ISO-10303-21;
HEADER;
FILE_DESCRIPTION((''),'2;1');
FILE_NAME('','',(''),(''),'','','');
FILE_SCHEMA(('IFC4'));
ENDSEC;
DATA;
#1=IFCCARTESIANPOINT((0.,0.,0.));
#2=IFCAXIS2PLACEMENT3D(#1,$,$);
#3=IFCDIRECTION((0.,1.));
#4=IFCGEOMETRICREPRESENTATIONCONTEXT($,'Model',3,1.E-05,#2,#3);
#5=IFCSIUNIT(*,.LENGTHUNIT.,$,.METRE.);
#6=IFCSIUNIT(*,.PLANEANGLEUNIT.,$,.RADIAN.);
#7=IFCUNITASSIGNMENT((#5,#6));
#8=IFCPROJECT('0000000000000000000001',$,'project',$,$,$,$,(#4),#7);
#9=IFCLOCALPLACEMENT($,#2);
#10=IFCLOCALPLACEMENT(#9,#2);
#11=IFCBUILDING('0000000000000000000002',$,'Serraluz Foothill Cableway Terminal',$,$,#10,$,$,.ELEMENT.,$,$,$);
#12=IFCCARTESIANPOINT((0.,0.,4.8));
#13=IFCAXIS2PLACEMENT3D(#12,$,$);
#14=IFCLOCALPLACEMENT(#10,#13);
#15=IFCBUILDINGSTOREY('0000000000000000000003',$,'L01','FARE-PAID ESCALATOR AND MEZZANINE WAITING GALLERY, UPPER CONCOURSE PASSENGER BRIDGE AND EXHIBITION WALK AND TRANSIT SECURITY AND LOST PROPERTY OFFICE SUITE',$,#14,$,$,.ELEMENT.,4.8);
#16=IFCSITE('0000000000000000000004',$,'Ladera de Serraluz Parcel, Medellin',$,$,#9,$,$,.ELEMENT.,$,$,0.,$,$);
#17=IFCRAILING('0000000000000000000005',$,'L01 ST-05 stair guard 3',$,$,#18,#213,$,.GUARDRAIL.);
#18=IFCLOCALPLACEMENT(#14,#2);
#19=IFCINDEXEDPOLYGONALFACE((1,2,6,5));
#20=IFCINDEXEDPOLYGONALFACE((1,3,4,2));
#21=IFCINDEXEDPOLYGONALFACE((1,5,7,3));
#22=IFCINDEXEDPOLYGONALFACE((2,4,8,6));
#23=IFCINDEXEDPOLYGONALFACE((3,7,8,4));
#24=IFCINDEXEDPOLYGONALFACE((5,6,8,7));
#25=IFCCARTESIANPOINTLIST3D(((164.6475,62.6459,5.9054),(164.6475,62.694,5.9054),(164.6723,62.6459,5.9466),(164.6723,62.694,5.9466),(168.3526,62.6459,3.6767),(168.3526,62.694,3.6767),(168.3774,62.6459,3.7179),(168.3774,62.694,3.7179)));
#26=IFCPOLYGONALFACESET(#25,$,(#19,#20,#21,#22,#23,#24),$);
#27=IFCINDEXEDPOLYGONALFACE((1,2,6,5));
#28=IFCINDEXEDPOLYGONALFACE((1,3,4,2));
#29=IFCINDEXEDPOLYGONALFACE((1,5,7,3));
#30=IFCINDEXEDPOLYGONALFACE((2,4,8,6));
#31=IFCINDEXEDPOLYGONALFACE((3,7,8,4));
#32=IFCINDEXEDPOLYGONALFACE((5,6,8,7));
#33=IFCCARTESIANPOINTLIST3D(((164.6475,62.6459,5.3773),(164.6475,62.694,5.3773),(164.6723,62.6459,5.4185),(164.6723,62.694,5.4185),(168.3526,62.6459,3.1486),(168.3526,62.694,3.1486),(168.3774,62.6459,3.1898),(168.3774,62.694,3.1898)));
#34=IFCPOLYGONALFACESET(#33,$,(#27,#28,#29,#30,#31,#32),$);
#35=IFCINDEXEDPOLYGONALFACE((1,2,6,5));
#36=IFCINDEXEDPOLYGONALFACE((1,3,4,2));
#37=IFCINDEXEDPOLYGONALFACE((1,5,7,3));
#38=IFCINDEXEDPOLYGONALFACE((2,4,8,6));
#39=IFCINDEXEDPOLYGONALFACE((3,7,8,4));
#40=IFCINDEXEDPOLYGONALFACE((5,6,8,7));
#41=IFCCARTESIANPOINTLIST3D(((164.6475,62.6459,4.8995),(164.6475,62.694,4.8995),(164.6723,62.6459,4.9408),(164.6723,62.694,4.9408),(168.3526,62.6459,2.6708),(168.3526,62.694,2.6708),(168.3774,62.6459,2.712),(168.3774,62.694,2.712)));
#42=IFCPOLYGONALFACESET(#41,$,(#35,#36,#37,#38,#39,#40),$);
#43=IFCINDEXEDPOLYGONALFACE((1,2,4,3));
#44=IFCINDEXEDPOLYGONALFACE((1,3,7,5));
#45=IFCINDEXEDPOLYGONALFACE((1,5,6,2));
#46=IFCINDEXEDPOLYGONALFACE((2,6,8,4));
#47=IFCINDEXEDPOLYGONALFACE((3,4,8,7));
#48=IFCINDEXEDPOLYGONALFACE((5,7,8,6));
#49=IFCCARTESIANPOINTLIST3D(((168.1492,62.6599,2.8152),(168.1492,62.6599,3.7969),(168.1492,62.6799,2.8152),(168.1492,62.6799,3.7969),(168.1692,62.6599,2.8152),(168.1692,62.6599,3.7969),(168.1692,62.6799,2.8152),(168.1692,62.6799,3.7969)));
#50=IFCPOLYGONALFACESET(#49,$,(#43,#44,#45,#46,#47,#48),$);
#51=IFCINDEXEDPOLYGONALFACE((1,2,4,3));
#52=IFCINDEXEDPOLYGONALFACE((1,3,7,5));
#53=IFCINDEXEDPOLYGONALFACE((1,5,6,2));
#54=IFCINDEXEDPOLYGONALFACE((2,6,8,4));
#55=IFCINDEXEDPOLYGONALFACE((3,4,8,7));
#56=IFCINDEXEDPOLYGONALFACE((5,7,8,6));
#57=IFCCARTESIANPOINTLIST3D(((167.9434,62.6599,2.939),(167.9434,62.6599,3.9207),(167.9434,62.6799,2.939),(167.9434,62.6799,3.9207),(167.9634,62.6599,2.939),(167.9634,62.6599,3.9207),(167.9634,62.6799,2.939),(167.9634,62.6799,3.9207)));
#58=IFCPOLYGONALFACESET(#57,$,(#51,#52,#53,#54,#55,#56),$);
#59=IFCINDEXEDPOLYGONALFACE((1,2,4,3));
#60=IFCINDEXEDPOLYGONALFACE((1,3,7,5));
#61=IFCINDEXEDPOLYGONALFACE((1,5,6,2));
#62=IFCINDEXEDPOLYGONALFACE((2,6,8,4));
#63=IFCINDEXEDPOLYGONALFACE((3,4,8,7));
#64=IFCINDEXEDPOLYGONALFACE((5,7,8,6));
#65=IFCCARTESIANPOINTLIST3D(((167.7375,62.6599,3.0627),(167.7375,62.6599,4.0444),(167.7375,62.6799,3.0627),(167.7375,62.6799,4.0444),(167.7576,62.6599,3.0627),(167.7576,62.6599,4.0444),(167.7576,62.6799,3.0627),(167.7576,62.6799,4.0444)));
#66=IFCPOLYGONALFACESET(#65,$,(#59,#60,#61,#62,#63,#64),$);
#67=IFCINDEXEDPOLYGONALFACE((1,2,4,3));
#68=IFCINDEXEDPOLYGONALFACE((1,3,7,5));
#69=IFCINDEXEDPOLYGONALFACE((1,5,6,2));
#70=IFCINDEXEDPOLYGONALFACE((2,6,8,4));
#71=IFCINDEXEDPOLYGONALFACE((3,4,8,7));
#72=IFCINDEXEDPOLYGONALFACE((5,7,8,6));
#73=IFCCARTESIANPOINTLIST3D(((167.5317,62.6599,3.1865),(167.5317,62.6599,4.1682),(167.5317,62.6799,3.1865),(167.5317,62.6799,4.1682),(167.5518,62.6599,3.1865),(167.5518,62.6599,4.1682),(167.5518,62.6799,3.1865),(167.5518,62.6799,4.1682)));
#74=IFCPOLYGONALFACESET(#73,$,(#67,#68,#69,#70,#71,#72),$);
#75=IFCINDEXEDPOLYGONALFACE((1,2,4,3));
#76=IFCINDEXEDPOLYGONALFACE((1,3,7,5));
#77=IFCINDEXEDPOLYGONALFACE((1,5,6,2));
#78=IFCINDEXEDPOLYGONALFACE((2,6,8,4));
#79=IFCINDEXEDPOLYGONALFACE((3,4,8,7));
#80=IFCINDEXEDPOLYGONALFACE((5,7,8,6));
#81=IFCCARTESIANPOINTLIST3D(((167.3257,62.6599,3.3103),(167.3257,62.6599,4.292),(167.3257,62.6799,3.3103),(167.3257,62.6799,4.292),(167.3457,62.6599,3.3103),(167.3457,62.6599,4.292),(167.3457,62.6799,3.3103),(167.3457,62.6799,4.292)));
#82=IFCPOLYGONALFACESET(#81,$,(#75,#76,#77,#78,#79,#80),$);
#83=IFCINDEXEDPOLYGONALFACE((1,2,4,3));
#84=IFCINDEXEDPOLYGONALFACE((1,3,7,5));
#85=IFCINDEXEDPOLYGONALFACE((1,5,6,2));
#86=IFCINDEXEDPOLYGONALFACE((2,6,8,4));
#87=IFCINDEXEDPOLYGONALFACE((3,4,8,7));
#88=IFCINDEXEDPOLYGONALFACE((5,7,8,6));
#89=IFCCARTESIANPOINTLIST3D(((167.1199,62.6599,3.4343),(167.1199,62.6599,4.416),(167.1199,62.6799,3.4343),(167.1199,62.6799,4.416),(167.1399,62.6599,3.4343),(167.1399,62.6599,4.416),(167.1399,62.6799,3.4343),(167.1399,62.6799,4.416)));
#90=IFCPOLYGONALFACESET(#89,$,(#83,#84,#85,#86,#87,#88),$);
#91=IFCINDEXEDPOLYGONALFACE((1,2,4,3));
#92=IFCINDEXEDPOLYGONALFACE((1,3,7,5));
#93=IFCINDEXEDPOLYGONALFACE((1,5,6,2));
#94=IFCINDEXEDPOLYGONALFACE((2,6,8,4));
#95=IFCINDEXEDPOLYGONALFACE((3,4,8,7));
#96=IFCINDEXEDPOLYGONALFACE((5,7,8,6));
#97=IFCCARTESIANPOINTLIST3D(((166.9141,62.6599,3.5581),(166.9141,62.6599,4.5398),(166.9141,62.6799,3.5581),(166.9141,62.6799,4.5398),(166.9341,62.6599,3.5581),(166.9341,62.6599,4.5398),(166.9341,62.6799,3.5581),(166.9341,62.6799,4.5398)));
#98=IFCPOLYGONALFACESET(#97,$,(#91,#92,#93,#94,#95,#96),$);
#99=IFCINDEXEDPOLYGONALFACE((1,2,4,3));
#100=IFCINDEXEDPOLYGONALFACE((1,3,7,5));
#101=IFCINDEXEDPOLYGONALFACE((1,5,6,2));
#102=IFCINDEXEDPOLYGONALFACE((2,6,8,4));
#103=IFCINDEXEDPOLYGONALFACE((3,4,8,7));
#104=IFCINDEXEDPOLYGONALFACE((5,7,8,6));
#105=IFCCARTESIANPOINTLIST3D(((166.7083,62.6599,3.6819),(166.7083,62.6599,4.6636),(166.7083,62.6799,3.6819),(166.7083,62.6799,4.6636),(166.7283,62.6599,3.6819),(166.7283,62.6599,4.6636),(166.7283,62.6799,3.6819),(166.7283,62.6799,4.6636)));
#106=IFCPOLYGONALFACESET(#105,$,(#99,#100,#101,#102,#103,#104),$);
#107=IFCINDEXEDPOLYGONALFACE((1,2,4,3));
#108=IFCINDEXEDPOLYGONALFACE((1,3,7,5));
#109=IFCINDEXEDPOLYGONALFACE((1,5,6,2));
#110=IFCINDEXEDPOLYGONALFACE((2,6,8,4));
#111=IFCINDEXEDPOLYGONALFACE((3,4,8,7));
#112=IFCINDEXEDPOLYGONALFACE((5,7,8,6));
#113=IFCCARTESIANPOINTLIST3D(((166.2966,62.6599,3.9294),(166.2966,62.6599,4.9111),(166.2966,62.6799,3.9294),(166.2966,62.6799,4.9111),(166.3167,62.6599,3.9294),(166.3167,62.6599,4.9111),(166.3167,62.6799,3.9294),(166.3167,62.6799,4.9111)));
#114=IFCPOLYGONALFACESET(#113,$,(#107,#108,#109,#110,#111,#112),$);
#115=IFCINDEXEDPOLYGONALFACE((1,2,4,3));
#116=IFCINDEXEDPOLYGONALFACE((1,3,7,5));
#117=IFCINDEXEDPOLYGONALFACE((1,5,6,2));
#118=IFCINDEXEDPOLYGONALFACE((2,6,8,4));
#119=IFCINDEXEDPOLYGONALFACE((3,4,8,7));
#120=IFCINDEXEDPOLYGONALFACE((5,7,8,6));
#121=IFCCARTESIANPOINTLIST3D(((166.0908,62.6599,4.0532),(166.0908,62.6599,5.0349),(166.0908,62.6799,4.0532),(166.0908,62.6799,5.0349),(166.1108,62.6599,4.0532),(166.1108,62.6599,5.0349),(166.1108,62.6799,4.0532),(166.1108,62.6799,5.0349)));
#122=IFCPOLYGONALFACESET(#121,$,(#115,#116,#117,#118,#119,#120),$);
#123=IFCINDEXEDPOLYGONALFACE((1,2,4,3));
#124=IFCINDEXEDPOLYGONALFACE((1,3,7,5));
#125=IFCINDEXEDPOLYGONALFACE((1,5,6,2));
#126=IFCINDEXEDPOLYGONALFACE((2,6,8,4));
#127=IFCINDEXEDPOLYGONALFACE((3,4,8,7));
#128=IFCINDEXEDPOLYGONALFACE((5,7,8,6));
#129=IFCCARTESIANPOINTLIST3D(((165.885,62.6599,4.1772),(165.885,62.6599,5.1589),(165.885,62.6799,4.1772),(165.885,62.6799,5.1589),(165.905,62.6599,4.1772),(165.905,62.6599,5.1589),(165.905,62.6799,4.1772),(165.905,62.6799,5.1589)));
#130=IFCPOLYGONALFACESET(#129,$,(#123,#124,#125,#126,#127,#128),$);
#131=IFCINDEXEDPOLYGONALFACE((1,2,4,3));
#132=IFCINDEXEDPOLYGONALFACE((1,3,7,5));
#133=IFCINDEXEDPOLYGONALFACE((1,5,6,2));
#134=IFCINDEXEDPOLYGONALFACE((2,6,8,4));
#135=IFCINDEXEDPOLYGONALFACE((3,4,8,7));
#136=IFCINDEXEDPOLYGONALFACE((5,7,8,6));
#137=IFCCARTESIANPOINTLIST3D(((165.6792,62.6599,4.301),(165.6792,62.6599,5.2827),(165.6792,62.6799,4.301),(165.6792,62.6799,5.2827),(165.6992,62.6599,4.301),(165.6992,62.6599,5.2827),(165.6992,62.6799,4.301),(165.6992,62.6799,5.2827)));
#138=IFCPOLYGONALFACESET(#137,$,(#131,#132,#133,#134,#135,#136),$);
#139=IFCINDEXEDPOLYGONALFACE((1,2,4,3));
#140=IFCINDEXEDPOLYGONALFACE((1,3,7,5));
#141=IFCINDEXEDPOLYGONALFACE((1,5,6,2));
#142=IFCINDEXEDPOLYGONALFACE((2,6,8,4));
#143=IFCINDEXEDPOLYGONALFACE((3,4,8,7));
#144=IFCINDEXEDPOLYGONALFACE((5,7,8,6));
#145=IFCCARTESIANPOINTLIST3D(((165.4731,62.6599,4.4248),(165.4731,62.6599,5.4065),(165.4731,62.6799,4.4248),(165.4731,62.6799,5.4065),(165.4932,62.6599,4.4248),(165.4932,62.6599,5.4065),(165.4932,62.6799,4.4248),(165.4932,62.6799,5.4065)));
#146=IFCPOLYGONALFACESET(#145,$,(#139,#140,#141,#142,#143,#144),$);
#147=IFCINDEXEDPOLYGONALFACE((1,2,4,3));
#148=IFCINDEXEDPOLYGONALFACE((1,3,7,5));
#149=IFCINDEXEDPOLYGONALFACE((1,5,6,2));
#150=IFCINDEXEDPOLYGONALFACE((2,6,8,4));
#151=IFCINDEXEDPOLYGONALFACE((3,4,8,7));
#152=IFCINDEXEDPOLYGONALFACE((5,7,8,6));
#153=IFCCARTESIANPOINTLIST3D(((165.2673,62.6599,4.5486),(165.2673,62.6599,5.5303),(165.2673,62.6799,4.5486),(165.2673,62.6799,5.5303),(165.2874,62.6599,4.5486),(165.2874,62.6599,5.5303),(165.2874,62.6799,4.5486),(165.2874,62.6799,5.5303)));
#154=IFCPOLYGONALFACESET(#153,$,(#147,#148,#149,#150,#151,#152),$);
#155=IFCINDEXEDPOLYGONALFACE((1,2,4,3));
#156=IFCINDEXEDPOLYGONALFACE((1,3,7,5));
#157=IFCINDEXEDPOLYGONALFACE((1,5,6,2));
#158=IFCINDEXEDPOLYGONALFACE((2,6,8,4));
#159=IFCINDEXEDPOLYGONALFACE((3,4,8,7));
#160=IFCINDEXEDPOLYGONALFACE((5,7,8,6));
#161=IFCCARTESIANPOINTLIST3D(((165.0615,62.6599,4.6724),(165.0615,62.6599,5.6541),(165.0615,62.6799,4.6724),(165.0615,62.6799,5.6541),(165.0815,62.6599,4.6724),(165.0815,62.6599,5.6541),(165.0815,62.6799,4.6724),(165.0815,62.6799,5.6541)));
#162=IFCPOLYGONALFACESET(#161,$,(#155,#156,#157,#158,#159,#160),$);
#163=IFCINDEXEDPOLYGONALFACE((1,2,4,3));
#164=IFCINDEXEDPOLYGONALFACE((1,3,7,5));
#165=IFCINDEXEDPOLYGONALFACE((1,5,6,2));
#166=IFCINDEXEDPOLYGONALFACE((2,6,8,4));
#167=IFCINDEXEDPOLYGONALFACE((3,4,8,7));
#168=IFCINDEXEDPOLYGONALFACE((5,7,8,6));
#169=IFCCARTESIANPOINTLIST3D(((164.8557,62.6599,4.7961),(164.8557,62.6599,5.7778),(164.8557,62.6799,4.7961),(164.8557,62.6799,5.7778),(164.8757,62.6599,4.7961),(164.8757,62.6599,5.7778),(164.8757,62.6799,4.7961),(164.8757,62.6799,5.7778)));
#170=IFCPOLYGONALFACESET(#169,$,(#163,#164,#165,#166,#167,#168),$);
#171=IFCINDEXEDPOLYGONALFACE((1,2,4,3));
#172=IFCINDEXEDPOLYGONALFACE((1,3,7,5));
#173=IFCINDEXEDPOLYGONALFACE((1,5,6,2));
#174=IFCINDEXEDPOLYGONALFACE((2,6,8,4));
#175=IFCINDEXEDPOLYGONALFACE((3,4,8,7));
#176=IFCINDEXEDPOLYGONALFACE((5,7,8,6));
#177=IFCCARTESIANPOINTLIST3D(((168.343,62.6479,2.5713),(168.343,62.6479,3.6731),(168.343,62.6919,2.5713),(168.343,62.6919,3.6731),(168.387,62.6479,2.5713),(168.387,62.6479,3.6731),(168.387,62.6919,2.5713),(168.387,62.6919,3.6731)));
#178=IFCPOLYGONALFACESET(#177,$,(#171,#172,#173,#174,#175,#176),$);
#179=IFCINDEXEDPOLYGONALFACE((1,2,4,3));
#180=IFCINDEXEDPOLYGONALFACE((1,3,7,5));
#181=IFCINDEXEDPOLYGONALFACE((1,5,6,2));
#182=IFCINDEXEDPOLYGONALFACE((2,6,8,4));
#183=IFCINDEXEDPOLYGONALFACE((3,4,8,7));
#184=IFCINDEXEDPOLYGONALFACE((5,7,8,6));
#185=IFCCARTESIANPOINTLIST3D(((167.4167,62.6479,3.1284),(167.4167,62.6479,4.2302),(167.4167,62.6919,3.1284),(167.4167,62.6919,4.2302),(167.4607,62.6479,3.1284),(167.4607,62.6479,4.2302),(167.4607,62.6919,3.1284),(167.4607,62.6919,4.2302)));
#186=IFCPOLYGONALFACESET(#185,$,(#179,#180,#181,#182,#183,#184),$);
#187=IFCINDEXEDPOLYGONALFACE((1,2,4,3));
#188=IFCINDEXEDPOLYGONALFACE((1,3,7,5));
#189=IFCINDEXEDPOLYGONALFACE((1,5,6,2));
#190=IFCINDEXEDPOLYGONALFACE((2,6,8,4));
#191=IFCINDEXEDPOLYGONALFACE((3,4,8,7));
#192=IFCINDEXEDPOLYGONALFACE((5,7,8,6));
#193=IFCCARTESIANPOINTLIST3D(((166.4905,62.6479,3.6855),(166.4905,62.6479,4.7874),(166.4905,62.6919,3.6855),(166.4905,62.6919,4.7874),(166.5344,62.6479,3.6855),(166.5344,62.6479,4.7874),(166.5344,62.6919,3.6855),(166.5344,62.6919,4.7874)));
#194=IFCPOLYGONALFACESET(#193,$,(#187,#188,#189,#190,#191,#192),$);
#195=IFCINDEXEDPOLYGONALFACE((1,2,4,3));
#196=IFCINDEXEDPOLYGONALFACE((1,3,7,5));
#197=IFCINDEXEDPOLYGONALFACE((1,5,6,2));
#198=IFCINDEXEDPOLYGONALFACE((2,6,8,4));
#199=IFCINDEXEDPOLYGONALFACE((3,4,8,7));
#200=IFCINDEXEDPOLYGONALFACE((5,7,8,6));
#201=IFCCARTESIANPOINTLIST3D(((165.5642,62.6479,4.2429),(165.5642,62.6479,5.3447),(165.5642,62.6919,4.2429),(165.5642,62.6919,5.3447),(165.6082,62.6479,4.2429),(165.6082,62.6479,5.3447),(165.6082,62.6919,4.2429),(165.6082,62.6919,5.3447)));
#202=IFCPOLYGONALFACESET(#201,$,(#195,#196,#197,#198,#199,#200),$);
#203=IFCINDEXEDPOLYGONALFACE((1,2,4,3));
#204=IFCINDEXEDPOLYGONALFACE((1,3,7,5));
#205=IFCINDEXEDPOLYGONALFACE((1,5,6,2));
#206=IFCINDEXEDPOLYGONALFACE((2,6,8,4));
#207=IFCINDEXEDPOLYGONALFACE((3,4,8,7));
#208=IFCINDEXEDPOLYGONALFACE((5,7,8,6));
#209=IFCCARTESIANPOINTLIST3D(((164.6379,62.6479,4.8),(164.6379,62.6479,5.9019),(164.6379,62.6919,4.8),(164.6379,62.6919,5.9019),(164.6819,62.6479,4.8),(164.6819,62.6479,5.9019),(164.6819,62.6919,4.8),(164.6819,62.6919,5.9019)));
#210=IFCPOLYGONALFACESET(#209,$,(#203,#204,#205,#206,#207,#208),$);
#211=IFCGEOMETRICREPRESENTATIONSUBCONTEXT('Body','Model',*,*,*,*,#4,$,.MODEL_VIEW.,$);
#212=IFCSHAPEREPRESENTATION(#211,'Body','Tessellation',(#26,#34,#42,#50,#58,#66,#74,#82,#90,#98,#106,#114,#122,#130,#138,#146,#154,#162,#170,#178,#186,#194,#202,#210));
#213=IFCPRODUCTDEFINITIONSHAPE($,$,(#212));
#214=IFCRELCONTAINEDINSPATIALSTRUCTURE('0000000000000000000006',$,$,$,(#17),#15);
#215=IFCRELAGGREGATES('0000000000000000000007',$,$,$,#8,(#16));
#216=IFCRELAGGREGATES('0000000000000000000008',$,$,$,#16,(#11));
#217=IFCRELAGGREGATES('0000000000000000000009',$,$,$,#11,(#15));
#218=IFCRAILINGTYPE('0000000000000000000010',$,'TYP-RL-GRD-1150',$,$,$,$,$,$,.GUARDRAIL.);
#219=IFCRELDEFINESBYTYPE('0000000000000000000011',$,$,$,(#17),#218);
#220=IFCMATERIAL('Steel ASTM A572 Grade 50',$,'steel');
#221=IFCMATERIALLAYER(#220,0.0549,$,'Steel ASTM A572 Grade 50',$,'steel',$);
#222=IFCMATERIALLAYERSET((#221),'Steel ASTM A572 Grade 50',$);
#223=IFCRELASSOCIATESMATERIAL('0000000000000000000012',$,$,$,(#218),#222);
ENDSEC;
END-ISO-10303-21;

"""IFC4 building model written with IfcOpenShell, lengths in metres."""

from ifc_helpers import new_model, si_unit, direction, frame, origin, origin_2d, place, context, subcontext, project, spatial, rectangle, extrude, material, layer, layer_set, type_object, element, save


model = new_model("IFC4")

# Units and contexts
model_context = context("Model", 3, precision=1e-05, world=origin(), true_north=direction((0.0, 1.0)))
body_context = subcontext(model_context, "Body", "Model", "MODEL_VIEW")
ifc_project = project(units=[si_unit("LENGTHUNIT", "METRE"), si_unit("PLANEANGLEUNIT", "RADIAN")], contexts=[model_context])

# Site, building, storey
site_placement = place(None, origin())
site = spatial("IfcSite", under=ifc_project, at=site_placement, Name="Ladera de Serraluz Parcel, Medellin", CompositionType="ELEMENT", RefElevation=0.0)
building_placement = place(site_placement, origin())
building = spatial("IfcBuilding", under=site, at=building_placement, Name="Serraluz Foothill Cableway Terminal", CompositionType="ELEMENT")
storey_placement = place(building_placement, frame((0.0, 0.0, 4.8)))
storey = spatial("IfcBuildingStorey", under=building, at=storey_placement, Name="L01", Description="FARE-PAID ESCALATOR AND MEZZANINE WAITING GALLERY, UPPER CONCOURSE PASSENGER BRIDGE AND EXHIBITION WALK AND TRANSIT SECURITY AND LOST PROPERTY OFFICE SUITE", CompositionType="ELEMENT", Elevation=4.8)

# Railing
ifc_material_1 = material(Name="Steel ASTM A572 Grade 50", Category="steel")
ifc_layer_1 = layer(ifc_material_1, 0.0549, Name="Steel ASTM A572 Grade 50", Category="steel")
ifc_layer_set_1 = layer_set([ifc_layer_1], Name="Steel ASTM A572 Grade 50")
railing_type_1 = type_object("IfcRailingType", Name="TYP-RL-GRD-1150", PredefinedType="GUARDRAIL", material=ifc_layer_set_1)
railing_1_placement = place(storey_placement, frame((168.365, 62.6699, 2.5713)))
element("IfcRailing", 1, at=railing_1_placement, inside=storey, type_object=railing_type_1, Name="L01 ST-05 stair guard 3", PredefinedType="GUARDRAIL", context=body_context, shape_type="SweptSolid", body=[
    extrude(rectangle(XDim=0.0481, YDim=0.0481, at=origin_2d()), frame((0.0, 0.0, 1.126), z_axis=(-0.856909, 0.0, 0.515467), x_axis=(0.0, -1.0, 0.0)), (0.0, 0.0, 1.0), 4.3237),
    extrude(rectangle(XDim=0.0481, YDim=0.0481, at=origin_2d()), frame((0.0, 0.0, 0.5979), z_axis=(-0.856909, 0.0, 0.515467), x_axis=(0.0, -1.0, 0.0)), (0.0, 0.0, 1.0), 4.3237),
    extrude(rectangle(XDim=0.0481, YDim=0.0481, at=origin_2d()), frame((0.0, 0.0, 0.1201), z_axis=(-0.856909, 0.0, 0.515467), x_axis=(0.0, -1.0, 0.0)), (0.0, 0.0, 1.0), 4.3237),
    extrude(rectangle(XDim=0.02, YDim=0.02, at=origin_2d()), frame((-0.2058, 0.0, 0.2439)), (0.0, 0.0, 1.0), 0.9817),
    extrude(rectangle(XDim=0.02, YDim=0.02, at=origin_2d()), frame((-0.4116, 0.0, 0.3677)), (0.0, 0.0, 1.0), 0.9817),
    extrude(rectangle(XDim=0.02, YDim=0.02, at=origin_2d()), frame((-0.6174, 0.0, 0.4915)), (0.0, 0.0, 1.0), 0.9817),
    extrude(rectangle(XDim=0.02, YDim=0.02, at=origin_2d()), frame((-0.8232, 0.0, 0.6152)), (0.0, 0.0, 1.0), 0.9817),
    extrude(rectangle(XDim=0.02, YDim=0.02, at=origin_2d()), frame((-1.0293, 0.0, 0.739)), (0.0, 0.0, 1.0), 0.9817),
    extrude(rectangle(XDim=0.02, YDim=0.02, at=origin_2d()), frame((-1.2351, 0.0, 0.863)), (0.0, 0.0, 1.0), 0.9817),
    extrude(rectangle(XDim=0.02, YDim=0.02, at=origin_2d()), frame((-1.4409, 0.0, 0.9868)), (0.0, 0.0, 1.0), 0.9817),
    extrude(rectangle(XDim=0.02, YDim=0.02, at=origin_2d()), frame((-1.6467, 0.0, 1.1106)), (0.0, 0.0, 1.0), 0.9817),
    extrude(rectangle(XDim=0.02, YDim=0.02, at=origin_2d()), frame((-2.0583, 0.0, 1.3582)), (0.0, 0.0, 1.0), 0.9817),
    extrude(rectangle(XDim=0.02, YDim=0.02, at=origin_2d()), frame((-2.2642, 0.0, 1.4819)), (0.0, 0.0, 1.0), 0.9817),
    extrude(rectangle(XDim=0.02, YDim=0.02, at=origin_2d()), frame((-2.47, 0.0, 1.606)), (0.0, 0.0, 1.0), 0.9817),
    extrude(rectangle(XDim=0.02, YDim=0.02, at=origin_2d()), frame((-2.6758, 0.0, 1.7297)), (0.0, 0.0, 1.0), 0.9817),
    extrude(rectangle(XDim=0.02, YDim=0.02, at=origin_2d()), frame((-2.8818, 0.0, 1.8535)), (0.0, 0.0, 1.0), 0.9817),
    extrude(rectangle(XDim=0.02, YDim=0.02, at=origin_2d()), frame((-3.0876, 0.0, 1.9773)), (0.0, 0.0, 1.0), 0.9817),
    extrude(rectangle(XDim=0.02, YDim=0.02, at=origin_2d()), frame((-3.2935, 0.0, 2.1011)), (0.0, 0.0, 1.0), 0.9817),
    extrude(rectangle(XDim=0.02, YDim=0.02, at=origin_2d()), frame((-3.4993, 0.0, 2.2249)), (0.0, 0.0, 1.0), 0.9817),
    extrude(rectangle(XDim=0.0439, YDim=0.0439, at=origin_2d()), origin(), (0.0, 0.0, 1.0), 1.1018),
    extrude(rectangle(XDim=0.0439, YDim=0.0439, at=origin_2d()), frame((-0.9263, 0.0, 0.5571)), (0.0, 0.0, 1.0), 1.1018),
    extrude(rectangle(XDim=0.0439, YDim=0.0439, at=origin_2d()), frame((-1.8525, 0.0, 1.1143)), (0.0, 0.0, 1.0), 1.1018),
    extrude(rectangle(XDim=0.0439, YDim=0.0439, at=origin_2d()), frame((-2.7788, 0.0, 1.6716)), (0.0, 0.0, 1.0), 1.1018),
    extrude(rectangle(XDim=0.0439, YDim=0.0439, at=origin_2d()), frame((-3.7051, 0.0, 2.2288)), (0.0, 0.0, 1.0), 1.1018),
])

save(model, "model.ifc")
